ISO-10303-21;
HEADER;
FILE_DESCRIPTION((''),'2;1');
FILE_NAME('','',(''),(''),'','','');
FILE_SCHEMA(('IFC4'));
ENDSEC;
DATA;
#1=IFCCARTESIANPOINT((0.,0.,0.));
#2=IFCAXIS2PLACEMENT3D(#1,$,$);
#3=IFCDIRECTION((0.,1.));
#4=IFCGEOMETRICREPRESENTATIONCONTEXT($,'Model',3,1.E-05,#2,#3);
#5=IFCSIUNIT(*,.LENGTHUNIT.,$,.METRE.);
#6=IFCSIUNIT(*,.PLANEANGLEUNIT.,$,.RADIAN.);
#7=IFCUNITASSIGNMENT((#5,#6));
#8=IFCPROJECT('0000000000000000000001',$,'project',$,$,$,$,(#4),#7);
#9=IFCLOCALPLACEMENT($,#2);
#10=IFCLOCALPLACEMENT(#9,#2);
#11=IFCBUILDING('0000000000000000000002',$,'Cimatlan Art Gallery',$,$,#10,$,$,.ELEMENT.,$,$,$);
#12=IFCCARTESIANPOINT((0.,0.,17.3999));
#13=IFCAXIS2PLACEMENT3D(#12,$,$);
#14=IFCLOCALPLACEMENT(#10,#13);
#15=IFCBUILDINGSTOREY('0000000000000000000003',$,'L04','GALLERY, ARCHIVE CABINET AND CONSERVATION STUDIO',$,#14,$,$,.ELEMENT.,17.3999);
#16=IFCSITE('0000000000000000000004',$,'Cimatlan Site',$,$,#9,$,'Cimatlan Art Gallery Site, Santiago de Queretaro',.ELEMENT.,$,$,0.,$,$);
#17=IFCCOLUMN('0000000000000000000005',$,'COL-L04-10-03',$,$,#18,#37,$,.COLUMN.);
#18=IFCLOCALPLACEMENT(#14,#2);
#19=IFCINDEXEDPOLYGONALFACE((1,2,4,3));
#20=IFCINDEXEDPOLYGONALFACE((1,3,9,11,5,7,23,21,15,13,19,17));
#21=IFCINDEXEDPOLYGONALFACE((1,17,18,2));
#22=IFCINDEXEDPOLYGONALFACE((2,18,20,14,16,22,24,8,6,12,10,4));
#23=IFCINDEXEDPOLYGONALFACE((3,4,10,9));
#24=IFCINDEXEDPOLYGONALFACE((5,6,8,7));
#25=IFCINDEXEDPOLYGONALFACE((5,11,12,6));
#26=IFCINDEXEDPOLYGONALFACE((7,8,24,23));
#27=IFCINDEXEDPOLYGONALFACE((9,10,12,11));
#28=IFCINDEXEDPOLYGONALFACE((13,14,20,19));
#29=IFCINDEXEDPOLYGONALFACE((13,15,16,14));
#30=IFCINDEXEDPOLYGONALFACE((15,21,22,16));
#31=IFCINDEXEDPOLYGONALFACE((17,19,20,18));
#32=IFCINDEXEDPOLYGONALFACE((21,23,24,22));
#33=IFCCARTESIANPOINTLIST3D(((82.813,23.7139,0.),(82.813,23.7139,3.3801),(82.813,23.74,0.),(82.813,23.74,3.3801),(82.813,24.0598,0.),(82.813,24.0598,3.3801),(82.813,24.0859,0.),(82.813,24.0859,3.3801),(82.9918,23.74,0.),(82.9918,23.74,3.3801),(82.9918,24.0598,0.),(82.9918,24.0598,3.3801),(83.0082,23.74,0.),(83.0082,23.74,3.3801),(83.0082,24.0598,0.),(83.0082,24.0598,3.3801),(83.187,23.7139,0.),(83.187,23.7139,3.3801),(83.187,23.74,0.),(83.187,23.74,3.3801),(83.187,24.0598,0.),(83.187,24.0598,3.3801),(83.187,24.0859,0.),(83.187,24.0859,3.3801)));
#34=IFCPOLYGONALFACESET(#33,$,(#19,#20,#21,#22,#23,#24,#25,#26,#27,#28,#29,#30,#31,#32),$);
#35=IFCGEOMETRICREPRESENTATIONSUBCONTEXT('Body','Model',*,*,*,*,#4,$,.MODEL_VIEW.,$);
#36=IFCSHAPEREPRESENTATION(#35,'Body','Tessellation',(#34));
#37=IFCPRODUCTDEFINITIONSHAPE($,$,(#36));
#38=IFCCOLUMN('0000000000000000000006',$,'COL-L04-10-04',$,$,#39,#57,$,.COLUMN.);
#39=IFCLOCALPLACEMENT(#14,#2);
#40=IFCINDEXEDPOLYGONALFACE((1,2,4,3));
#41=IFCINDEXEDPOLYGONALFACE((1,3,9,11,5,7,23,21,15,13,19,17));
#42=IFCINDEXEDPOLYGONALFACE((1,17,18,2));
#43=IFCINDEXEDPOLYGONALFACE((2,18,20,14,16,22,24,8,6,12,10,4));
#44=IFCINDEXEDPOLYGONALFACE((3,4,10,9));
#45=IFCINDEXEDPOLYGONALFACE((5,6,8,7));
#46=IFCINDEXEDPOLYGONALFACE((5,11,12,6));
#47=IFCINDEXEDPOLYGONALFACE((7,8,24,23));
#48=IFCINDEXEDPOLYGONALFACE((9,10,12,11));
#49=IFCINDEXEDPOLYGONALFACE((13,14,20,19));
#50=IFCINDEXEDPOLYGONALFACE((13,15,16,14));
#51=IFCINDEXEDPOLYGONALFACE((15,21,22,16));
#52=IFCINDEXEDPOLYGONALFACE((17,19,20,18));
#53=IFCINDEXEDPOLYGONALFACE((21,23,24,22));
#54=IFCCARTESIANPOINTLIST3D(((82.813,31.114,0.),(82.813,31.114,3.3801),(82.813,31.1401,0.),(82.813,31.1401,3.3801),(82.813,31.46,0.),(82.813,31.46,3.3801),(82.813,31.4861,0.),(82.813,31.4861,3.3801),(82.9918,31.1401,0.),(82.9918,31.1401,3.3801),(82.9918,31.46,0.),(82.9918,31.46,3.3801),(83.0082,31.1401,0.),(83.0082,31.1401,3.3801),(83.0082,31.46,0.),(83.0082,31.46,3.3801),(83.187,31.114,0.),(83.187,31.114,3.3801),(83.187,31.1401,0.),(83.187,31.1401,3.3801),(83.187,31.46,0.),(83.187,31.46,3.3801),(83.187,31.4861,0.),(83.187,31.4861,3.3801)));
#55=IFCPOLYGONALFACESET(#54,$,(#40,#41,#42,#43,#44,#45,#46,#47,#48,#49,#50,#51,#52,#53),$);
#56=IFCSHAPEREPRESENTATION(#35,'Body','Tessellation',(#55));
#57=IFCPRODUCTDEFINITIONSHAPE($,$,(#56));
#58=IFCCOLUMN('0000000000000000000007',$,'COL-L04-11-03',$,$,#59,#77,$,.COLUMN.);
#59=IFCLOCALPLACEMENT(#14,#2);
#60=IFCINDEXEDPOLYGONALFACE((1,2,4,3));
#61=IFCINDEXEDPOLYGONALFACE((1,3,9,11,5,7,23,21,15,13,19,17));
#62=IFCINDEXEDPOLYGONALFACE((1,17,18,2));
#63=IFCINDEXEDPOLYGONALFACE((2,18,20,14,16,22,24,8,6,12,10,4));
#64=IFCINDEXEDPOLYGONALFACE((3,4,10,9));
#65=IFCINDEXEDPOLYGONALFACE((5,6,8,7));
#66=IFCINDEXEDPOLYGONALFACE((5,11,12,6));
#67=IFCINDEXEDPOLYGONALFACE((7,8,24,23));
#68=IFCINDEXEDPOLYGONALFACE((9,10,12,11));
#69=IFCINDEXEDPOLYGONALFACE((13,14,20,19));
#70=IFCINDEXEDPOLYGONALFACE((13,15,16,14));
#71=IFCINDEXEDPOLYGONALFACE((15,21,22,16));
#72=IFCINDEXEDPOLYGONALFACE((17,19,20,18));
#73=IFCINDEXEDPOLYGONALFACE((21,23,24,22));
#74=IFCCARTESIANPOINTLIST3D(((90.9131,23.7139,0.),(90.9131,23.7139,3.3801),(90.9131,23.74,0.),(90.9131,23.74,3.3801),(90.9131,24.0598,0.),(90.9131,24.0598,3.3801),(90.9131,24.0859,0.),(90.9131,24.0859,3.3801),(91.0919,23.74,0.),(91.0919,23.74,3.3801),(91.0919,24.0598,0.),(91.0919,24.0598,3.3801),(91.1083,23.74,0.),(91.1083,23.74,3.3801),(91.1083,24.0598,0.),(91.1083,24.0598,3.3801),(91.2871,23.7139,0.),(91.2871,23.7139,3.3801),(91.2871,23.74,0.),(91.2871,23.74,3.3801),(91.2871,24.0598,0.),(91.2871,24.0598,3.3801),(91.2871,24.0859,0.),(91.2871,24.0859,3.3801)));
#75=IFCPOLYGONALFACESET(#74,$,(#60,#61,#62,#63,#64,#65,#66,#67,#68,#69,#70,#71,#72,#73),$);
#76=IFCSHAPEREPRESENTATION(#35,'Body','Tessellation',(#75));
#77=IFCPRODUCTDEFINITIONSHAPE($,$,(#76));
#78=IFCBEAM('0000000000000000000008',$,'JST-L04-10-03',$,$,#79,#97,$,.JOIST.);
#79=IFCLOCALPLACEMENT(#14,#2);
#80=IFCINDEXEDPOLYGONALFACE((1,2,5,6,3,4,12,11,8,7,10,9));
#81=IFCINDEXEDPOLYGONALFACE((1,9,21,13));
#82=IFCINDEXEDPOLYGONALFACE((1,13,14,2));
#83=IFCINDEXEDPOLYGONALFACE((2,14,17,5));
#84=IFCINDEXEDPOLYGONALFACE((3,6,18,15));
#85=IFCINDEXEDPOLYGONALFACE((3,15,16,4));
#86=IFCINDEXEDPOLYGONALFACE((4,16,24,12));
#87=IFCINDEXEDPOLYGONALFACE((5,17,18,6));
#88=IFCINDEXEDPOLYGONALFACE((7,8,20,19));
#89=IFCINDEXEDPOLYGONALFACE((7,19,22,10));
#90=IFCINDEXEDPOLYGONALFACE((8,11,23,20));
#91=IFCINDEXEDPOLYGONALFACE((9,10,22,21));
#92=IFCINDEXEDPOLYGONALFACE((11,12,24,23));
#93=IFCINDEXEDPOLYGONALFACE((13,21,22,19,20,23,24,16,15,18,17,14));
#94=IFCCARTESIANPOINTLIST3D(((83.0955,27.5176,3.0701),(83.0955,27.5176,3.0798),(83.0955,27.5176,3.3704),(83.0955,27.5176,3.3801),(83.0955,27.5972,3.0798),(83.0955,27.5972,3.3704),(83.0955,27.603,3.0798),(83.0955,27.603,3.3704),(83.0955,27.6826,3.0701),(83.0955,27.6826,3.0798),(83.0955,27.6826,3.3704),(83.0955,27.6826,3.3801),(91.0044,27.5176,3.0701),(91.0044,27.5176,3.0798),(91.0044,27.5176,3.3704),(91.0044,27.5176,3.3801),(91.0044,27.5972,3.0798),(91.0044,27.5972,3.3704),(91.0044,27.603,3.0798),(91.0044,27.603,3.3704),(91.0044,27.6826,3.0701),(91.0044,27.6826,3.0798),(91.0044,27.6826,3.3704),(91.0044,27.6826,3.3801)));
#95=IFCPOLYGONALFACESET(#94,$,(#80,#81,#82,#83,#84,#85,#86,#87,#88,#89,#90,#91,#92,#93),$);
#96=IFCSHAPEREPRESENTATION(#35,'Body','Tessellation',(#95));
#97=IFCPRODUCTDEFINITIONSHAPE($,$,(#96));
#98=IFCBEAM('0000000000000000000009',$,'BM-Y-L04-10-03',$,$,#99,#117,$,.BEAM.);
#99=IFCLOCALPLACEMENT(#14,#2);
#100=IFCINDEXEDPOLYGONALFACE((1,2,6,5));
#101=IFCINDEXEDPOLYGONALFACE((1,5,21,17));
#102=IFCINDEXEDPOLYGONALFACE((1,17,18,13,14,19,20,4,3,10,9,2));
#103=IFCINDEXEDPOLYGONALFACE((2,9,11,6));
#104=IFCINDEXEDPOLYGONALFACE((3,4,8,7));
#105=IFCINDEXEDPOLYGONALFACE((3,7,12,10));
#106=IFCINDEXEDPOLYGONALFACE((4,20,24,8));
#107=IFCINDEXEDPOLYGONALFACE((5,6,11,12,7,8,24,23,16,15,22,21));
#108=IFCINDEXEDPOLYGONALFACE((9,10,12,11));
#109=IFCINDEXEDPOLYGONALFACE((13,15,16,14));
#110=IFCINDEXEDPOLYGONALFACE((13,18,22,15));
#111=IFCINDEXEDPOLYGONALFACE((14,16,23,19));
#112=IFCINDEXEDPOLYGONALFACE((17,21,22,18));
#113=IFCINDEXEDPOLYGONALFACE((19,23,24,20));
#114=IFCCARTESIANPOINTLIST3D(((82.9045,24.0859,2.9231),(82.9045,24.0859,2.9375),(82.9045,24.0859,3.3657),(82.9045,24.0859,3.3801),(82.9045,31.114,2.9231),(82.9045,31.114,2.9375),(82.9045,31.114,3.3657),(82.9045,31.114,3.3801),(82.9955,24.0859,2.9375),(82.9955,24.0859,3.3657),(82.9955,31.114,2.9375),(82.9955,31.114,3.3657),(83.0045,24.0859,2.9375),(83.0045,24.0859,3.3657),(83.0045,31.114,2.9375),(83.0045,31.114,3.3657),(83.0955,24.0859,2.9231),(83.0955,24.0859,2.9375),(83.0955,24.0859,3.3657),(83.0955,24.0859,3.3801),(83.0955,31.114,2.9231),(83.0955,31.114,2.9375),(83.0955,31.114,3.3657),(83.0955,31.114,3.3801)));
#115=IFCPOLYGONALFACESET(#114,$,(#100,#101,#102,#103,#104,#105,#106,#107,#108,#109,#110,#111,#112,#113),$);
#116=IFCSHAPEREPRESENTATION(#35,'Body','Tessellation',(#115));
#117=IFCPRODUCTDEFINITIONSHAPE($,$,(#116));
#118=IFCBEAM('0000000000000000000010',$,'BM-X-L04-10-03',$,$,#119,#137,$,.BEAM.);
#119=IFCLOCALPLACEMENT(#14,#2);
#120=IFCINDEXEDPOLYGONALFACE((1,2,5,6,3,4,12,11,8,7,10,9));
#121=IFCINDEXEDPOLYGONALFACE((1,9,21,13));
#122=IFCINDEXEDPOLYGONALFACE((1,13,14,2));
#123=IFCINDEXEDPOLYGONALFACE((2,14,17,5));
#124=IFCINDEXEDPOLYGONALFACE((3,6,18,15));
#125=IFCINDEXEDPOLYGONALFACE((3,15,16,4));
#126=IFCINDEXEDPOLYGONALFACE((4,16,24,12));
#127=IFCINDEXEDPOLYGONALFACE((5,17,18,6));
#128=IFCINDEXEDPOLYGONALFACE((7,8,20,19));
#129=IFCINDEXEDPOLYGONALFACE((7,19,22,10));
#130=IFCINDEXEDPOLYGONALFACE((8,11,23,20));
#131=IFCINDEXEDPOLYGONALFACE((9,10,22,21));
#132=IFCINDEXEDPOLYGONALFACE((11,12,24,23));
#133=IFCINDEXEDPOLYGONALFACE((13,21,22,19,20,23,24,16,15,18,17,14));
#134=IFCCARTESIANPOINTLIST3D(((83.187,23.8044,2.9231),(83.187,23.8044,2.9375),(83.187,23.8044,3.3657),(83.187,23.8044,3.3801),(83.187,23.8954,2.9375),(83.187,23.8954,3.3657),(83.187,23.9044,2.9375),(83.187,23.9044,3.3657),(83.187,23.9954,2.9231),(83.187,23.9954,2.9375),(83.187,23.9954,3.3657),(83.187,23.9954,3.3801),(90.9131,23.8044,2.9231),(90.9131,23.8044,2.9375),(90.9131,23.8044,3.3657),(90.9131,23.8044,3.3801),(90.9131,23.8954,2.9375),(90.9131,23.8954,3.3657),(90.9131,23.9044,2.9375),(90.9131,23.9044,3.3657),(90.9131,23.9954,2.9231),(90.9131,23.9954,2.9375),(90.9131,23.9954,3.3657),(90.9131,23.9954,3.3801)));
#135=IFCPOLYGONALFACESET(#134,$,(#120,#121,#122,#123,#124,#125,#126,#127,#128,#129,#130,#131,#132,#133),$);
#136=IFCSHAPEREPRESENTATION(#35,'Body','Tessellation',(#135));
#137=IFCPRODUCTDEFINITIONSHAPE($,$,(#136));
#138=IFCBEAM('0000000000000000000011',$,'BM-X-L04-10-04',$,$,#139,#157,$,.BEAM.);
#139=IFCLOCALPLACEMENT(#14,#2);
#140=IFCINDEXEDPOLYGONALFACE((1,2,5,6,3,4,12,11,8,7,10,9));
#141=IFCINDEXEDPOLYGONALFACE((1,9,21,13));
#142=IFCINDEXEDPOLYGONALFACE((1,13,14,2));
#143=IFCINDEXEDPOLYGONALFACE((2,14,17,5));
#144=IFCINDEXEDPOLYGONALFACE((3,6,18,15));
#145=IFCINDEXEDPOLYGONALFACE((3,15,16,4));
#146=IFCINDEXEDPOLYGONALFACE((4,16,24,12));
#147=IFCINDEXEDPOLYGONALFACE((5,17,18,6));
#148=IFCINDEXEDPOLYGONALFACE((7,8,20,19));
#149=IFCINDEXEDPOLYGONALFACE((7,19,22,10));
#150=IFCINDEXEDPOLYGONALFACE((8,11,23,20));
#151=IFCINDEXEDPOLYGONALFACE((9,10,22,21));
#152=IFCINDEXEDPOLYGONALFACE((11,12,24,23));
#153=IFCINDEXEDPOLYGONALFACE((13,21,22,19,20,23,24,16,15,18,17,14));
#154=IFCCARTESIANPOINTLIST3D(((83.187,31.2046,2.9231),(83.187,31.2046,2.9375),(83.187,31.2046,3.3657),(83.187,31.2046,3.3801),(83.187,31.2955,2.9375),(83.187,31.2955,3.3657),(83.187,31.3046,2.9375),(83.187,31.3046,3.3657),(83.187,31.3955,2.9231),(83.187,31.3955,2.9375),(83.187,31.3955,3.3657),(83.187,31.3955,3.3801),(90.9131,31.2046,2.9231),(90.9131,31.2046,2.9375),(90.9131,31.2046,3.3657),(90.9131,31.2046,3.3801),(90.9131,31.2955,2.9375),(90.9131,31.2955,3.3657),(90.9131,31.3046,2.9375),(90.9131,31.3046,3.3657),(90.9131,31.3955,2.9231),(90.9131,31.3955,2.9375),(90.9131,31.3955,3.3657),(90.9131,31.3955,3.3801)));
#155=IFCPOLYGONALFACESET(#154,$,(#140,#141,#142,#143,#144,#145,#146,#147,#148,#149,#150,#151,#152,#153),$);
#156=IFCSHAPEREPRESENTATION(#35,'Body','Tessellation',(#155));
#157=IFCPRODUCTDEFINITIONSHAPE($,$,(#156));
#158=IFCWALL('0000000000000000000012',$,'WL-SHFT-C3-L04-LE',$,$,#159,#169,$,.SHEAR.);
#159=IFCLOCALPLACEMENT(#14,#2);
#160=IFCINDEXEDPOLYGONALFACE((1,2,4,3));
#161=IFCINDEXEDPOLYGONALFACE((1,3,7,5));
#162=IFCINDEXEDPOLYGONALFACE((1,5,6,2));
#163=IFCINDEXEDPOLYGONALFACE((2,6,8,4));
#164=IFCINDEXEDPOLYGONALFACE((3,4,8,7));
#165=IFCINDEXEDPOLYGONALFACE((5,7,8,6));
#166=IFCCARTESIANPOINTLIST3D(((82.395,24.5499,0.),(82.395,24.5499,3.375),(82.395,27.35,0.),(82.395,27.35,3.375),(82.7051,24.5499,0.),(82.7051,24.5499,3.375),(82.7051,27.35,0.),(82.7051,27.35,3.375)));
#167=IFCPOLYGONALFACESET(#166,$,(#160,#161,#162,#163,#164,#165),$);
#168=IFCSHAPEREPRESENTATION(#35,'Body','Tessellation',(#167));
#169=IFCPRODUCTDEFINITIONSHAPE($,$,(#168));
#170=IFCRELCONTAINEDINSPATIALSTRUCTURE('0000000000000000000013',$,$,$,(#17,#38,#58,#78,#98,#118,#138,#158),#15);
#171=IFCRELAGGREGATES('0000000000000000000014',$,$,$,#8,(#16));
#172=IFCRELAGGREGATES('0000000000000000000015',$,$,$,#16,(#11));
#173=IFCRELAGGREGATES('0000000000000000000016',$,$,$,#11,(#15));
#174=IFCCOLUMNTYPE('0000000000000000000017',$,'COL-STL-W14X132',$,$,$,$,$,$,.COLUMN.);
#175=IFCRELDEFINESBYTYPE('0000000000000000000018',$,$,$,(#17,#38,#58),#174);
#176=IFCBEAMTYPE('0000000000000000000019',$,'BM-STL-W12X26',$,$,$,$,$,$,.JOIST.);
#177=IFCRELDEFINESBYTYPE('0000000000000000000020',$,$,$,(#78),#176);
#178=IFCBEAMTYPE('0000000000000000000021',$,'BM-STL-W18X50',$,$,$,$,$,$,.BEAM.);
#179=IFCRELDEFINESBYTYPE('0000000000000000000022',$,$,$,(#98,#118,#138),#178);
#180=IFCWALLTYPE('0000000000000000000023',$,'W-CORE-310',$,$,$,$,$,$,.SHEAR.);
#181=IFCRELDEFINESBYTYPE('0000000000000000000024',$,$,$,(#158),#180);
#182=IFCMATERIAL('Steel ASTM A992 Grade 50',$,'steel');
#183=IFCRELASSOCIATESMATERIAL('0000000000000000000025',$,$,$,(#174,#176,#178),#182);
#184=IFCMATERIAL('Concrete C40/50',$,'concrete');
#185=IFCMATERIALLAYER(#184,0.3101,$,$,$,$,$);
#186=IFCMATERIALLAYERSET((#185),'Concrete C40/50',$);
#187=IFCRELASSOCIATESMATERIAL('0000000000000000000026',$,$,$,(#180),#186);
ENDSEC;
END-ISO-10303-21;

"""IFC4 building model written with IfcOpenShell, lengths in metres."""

from ifc_helpers import new_model, si_unit, direction, frame, frame_2d, origin, origin_2d, place, context, subcontext, project, spatial, rectangle, i_section, extrude, material, layer, layer_set, material_profile, profile_set, type_object, element, save


model = new_model("IFC4")

# Units and contexts
model_context = context("Model", 3, precision=1e-05, world=origin(), true_north=direction((0.0, 1.0)))
body_context = subcontext(model_context, "Body", "Model", "MODEL_VIEW")
ifc_project = project(units=[si_unit("LENGTHUNIT", "METRE"), si_unit("PLANEANGLEUNIT", "RADIAN")], contexts=[model_context])

# Site, building, storey
site_placement = place(None, origin())
site = spatial("IfcSite", under=ifc_project, at=site_placement, Name="Cimatlan Site", LongName="Cimatlan Art Gallery Site, Santiago de Queretaro", CompositionType="ELEMENT", RefElevation=0.0)
building_placement = place(site_placement, origin())
building = spatial("IfcBuilding", under=site, at=building_placement, Name="Cimatlan Art Gallery", CompositionType="ELEMENT")
storey_placement = place(building_placement, frame((0.0, 0.0, 17.3999)))
storey = spatial("IfcBuildingStorey", under=building, at=storey_placement, Name="L04", Description="GALLERY, ARCHIVE CABINET AND CONSERVATION STUDIO", CompositionType="ELEMENT", Elevation=17.3999)

# Columns
ifc_material_1 = material(Name="Steel ASTM A992 Grade 50", Category="steel")
ifc_material_profile_1 = material_profile(ifc_material_1, i_section(OverallWidth=0.374, OverallDepth=0.3721, WebThickness=0.0164, FlangeThickness=0.0261, at=origin_2d()), Name="W14X132")
ifc_profile_set_1 = profile_set([ifc_material_profile_1], Name="Steel ASTM A992 Grade 50")
column_type = type_object("IfcColumnType", Name="COL-STL-W14X132", PredefinedType="COLUMN", material=ifc_profile_set_1)
for number, where, z_axis, x_axis, name in (
    (1, (83.0, 23.8999, 0.0), (0.0, 0.0, 1.0), (1.0, 0.0, 0.0), "COL-L04-10-03"),
    (2, (83.0, 31.3, 0.0), (0.0, 0.0, 1.0), (1.0, 0.0, 0.0), "COL-L04-10-04"),
    (3, (91.1001, 23.8999, 0.0), (0.0, 0.0, 1.0), (1.0, 0.0, 0.0), "COL-L04-11-03"),
):
    element("IfcColumn", number, at=place(storey_placement, frame(where, z_axis=z_axis, x_axis=x_axis)), inside=storey, type_object=column_type, Name=name, PredefinedType="COLUMN", context=body_context, shape_type="SweptSolid", body=[
        extrude(i_section(OverallWidth=0.374, OverallDepth=0.3721, WebThickness=0.0164, FlangeThickness=0.0261, at=origin_2d()), origin(), (0.0, 0.0, 1.0), 3.3801),
    ])

# Beams
ifc_material_profile_2 = material_profile(ifc_material_1, i_section(OverallWidth=0.165, OverallDepth=0.3101, WebThickness=0.0059, FlangeThickness=0.0098, at=origin_2d()), Name="W12X26")
ifc_profile_set_2 = profile_set([ifc_material_profile_2], Name="Steel ASTM A992 Grade 50")
beam_type_1 = type_object("IfcBeamType", Name="BM-STL-W12X26", PredefinedType="JOIST", material=ifc_profile_set_2)
beam_1_placement = place(storey_placement, frame((83.0955, 27.6001, 3.2251), z_axis=(1.0, 0.0, 0.0), x_axis=(0.0, 1.0, 0.0)))
element("IfcBeam", 4, at=beam_1_placement, inside=storey, type_object=beam_type_1, Name="JST-L04-10-03", PredefinedType="JOIST", context=body_context, shape_type="SweptSolid", body=[
    extrude(i_section(OverallWidth=0.165, OverallDepth=0.3101, WebThickness=0.0059, FlangeThickness=0.0098, at=origin_2d()), origin(), (0.0, 0.0, 1.0), 7.9089),
])
ifc_material_profile_3 = material_profile(ifc_material_1, i_section(OverallWidth=0.1909, OverallDepth=0.457, WebThickness=0.009, FlangeThickness=0.0144, at=origin_2d()), Name="W18X50")
ifc_profile_set_3 = profile_set([ifc_material_profile_3], Name="Steel ASTM A992 Grade 50")
beam_type_2 = type_object("IfcBeamType", Name="BM-STL-W18X50", PredefinedType="BEAM", material=ifc_profile_set_3)
beam_2_placement = place(storey_placement, frame((83.0, 24.0859, 3.1516), z_axis=(0.0, 1.0, 0.0), x_axis=(-1.0, 0.0, 0.0)))
element("IfcBeam", 5, at=beam_2_placement, inside=storey, type_object=beam_type_2, Name="BM-Y-L04-10-03", PredefinedType="BEAM", context=body_context, shape_type="SweptSolid", body=[
    extrude(i_section(OverallWidth=0.1909, OverallDepth=0.457, WebThickness=0.009, FlangeThickness=0.0144, at=origin_2d()), origin(), (0.0, 0.0, 1.0), 7.0281),
])
for number, where, z_axis, x_axis, name in (
    (6, (83.187, 23.8999, 3.1516), (1.0, 0.0, 0.0), (0.0, 1.0, 0.0), "BM-X-L04-10-03"),
    (7, (83.187, 31.3, 3.1516), (1.0, 0.0, 0.0), (0.0, 1.0, 0.0), "BM-X-L04-10-04"),
):
    element("IfcBeam", number, at=place(storey_placement, frame(where, z_axis=z_axis, x_axis=x_axis)), inside=storey, type_object=beam_type_2, Name=name, PredefinedType="BEAM", context=body_context, shape_type="SweptSolid", body=[
        extrude(i_section(OverallWidth=0.1909, OverallDepth=0.457, WebThickness=0.009, FlangeThickness=0.0144, at=origin_2d()), origin(), (0.0, 0.0, 1.0), 7.7261),
    ])

# Wall
ifc_material_2 = material(Name="Concrete C40/50", Category="concrete")
ifc_layer_1 = layer(ifc_material_2, 0.3101)
ifc_layer_set_1 = layer_set([ifc_layer_1], Name="Concrete C40/50")
wall_type_1 = type_object("IfcWallType", Name="W-CORE-310", PredefinedType="SHEAR", material=ifc_layer_set_1)
wall_1_placement = place(storey_placement, frame((82.55, 24.55, 0.0), z_axis=(0.0, 0.0, 1.0), x_axis=(0.0, 1.0, 0.0)))
element("IfcWall", 8, at=wall_1_placement, inside=storey, type_object=wall_type_1, Name="WL-SHFT-C3-L04-LE", PredefinedType="SHEAR", context=body_context, shape_type="SweptSolid", body=[
    extrude(rectangle(XDim=2.8, YDim=0.3101, at=frame_2d((1.3999, 0.0))), origin(), (0.0, 0.0, 1.0), 3.375),
])

save(model, "model.ifc")
